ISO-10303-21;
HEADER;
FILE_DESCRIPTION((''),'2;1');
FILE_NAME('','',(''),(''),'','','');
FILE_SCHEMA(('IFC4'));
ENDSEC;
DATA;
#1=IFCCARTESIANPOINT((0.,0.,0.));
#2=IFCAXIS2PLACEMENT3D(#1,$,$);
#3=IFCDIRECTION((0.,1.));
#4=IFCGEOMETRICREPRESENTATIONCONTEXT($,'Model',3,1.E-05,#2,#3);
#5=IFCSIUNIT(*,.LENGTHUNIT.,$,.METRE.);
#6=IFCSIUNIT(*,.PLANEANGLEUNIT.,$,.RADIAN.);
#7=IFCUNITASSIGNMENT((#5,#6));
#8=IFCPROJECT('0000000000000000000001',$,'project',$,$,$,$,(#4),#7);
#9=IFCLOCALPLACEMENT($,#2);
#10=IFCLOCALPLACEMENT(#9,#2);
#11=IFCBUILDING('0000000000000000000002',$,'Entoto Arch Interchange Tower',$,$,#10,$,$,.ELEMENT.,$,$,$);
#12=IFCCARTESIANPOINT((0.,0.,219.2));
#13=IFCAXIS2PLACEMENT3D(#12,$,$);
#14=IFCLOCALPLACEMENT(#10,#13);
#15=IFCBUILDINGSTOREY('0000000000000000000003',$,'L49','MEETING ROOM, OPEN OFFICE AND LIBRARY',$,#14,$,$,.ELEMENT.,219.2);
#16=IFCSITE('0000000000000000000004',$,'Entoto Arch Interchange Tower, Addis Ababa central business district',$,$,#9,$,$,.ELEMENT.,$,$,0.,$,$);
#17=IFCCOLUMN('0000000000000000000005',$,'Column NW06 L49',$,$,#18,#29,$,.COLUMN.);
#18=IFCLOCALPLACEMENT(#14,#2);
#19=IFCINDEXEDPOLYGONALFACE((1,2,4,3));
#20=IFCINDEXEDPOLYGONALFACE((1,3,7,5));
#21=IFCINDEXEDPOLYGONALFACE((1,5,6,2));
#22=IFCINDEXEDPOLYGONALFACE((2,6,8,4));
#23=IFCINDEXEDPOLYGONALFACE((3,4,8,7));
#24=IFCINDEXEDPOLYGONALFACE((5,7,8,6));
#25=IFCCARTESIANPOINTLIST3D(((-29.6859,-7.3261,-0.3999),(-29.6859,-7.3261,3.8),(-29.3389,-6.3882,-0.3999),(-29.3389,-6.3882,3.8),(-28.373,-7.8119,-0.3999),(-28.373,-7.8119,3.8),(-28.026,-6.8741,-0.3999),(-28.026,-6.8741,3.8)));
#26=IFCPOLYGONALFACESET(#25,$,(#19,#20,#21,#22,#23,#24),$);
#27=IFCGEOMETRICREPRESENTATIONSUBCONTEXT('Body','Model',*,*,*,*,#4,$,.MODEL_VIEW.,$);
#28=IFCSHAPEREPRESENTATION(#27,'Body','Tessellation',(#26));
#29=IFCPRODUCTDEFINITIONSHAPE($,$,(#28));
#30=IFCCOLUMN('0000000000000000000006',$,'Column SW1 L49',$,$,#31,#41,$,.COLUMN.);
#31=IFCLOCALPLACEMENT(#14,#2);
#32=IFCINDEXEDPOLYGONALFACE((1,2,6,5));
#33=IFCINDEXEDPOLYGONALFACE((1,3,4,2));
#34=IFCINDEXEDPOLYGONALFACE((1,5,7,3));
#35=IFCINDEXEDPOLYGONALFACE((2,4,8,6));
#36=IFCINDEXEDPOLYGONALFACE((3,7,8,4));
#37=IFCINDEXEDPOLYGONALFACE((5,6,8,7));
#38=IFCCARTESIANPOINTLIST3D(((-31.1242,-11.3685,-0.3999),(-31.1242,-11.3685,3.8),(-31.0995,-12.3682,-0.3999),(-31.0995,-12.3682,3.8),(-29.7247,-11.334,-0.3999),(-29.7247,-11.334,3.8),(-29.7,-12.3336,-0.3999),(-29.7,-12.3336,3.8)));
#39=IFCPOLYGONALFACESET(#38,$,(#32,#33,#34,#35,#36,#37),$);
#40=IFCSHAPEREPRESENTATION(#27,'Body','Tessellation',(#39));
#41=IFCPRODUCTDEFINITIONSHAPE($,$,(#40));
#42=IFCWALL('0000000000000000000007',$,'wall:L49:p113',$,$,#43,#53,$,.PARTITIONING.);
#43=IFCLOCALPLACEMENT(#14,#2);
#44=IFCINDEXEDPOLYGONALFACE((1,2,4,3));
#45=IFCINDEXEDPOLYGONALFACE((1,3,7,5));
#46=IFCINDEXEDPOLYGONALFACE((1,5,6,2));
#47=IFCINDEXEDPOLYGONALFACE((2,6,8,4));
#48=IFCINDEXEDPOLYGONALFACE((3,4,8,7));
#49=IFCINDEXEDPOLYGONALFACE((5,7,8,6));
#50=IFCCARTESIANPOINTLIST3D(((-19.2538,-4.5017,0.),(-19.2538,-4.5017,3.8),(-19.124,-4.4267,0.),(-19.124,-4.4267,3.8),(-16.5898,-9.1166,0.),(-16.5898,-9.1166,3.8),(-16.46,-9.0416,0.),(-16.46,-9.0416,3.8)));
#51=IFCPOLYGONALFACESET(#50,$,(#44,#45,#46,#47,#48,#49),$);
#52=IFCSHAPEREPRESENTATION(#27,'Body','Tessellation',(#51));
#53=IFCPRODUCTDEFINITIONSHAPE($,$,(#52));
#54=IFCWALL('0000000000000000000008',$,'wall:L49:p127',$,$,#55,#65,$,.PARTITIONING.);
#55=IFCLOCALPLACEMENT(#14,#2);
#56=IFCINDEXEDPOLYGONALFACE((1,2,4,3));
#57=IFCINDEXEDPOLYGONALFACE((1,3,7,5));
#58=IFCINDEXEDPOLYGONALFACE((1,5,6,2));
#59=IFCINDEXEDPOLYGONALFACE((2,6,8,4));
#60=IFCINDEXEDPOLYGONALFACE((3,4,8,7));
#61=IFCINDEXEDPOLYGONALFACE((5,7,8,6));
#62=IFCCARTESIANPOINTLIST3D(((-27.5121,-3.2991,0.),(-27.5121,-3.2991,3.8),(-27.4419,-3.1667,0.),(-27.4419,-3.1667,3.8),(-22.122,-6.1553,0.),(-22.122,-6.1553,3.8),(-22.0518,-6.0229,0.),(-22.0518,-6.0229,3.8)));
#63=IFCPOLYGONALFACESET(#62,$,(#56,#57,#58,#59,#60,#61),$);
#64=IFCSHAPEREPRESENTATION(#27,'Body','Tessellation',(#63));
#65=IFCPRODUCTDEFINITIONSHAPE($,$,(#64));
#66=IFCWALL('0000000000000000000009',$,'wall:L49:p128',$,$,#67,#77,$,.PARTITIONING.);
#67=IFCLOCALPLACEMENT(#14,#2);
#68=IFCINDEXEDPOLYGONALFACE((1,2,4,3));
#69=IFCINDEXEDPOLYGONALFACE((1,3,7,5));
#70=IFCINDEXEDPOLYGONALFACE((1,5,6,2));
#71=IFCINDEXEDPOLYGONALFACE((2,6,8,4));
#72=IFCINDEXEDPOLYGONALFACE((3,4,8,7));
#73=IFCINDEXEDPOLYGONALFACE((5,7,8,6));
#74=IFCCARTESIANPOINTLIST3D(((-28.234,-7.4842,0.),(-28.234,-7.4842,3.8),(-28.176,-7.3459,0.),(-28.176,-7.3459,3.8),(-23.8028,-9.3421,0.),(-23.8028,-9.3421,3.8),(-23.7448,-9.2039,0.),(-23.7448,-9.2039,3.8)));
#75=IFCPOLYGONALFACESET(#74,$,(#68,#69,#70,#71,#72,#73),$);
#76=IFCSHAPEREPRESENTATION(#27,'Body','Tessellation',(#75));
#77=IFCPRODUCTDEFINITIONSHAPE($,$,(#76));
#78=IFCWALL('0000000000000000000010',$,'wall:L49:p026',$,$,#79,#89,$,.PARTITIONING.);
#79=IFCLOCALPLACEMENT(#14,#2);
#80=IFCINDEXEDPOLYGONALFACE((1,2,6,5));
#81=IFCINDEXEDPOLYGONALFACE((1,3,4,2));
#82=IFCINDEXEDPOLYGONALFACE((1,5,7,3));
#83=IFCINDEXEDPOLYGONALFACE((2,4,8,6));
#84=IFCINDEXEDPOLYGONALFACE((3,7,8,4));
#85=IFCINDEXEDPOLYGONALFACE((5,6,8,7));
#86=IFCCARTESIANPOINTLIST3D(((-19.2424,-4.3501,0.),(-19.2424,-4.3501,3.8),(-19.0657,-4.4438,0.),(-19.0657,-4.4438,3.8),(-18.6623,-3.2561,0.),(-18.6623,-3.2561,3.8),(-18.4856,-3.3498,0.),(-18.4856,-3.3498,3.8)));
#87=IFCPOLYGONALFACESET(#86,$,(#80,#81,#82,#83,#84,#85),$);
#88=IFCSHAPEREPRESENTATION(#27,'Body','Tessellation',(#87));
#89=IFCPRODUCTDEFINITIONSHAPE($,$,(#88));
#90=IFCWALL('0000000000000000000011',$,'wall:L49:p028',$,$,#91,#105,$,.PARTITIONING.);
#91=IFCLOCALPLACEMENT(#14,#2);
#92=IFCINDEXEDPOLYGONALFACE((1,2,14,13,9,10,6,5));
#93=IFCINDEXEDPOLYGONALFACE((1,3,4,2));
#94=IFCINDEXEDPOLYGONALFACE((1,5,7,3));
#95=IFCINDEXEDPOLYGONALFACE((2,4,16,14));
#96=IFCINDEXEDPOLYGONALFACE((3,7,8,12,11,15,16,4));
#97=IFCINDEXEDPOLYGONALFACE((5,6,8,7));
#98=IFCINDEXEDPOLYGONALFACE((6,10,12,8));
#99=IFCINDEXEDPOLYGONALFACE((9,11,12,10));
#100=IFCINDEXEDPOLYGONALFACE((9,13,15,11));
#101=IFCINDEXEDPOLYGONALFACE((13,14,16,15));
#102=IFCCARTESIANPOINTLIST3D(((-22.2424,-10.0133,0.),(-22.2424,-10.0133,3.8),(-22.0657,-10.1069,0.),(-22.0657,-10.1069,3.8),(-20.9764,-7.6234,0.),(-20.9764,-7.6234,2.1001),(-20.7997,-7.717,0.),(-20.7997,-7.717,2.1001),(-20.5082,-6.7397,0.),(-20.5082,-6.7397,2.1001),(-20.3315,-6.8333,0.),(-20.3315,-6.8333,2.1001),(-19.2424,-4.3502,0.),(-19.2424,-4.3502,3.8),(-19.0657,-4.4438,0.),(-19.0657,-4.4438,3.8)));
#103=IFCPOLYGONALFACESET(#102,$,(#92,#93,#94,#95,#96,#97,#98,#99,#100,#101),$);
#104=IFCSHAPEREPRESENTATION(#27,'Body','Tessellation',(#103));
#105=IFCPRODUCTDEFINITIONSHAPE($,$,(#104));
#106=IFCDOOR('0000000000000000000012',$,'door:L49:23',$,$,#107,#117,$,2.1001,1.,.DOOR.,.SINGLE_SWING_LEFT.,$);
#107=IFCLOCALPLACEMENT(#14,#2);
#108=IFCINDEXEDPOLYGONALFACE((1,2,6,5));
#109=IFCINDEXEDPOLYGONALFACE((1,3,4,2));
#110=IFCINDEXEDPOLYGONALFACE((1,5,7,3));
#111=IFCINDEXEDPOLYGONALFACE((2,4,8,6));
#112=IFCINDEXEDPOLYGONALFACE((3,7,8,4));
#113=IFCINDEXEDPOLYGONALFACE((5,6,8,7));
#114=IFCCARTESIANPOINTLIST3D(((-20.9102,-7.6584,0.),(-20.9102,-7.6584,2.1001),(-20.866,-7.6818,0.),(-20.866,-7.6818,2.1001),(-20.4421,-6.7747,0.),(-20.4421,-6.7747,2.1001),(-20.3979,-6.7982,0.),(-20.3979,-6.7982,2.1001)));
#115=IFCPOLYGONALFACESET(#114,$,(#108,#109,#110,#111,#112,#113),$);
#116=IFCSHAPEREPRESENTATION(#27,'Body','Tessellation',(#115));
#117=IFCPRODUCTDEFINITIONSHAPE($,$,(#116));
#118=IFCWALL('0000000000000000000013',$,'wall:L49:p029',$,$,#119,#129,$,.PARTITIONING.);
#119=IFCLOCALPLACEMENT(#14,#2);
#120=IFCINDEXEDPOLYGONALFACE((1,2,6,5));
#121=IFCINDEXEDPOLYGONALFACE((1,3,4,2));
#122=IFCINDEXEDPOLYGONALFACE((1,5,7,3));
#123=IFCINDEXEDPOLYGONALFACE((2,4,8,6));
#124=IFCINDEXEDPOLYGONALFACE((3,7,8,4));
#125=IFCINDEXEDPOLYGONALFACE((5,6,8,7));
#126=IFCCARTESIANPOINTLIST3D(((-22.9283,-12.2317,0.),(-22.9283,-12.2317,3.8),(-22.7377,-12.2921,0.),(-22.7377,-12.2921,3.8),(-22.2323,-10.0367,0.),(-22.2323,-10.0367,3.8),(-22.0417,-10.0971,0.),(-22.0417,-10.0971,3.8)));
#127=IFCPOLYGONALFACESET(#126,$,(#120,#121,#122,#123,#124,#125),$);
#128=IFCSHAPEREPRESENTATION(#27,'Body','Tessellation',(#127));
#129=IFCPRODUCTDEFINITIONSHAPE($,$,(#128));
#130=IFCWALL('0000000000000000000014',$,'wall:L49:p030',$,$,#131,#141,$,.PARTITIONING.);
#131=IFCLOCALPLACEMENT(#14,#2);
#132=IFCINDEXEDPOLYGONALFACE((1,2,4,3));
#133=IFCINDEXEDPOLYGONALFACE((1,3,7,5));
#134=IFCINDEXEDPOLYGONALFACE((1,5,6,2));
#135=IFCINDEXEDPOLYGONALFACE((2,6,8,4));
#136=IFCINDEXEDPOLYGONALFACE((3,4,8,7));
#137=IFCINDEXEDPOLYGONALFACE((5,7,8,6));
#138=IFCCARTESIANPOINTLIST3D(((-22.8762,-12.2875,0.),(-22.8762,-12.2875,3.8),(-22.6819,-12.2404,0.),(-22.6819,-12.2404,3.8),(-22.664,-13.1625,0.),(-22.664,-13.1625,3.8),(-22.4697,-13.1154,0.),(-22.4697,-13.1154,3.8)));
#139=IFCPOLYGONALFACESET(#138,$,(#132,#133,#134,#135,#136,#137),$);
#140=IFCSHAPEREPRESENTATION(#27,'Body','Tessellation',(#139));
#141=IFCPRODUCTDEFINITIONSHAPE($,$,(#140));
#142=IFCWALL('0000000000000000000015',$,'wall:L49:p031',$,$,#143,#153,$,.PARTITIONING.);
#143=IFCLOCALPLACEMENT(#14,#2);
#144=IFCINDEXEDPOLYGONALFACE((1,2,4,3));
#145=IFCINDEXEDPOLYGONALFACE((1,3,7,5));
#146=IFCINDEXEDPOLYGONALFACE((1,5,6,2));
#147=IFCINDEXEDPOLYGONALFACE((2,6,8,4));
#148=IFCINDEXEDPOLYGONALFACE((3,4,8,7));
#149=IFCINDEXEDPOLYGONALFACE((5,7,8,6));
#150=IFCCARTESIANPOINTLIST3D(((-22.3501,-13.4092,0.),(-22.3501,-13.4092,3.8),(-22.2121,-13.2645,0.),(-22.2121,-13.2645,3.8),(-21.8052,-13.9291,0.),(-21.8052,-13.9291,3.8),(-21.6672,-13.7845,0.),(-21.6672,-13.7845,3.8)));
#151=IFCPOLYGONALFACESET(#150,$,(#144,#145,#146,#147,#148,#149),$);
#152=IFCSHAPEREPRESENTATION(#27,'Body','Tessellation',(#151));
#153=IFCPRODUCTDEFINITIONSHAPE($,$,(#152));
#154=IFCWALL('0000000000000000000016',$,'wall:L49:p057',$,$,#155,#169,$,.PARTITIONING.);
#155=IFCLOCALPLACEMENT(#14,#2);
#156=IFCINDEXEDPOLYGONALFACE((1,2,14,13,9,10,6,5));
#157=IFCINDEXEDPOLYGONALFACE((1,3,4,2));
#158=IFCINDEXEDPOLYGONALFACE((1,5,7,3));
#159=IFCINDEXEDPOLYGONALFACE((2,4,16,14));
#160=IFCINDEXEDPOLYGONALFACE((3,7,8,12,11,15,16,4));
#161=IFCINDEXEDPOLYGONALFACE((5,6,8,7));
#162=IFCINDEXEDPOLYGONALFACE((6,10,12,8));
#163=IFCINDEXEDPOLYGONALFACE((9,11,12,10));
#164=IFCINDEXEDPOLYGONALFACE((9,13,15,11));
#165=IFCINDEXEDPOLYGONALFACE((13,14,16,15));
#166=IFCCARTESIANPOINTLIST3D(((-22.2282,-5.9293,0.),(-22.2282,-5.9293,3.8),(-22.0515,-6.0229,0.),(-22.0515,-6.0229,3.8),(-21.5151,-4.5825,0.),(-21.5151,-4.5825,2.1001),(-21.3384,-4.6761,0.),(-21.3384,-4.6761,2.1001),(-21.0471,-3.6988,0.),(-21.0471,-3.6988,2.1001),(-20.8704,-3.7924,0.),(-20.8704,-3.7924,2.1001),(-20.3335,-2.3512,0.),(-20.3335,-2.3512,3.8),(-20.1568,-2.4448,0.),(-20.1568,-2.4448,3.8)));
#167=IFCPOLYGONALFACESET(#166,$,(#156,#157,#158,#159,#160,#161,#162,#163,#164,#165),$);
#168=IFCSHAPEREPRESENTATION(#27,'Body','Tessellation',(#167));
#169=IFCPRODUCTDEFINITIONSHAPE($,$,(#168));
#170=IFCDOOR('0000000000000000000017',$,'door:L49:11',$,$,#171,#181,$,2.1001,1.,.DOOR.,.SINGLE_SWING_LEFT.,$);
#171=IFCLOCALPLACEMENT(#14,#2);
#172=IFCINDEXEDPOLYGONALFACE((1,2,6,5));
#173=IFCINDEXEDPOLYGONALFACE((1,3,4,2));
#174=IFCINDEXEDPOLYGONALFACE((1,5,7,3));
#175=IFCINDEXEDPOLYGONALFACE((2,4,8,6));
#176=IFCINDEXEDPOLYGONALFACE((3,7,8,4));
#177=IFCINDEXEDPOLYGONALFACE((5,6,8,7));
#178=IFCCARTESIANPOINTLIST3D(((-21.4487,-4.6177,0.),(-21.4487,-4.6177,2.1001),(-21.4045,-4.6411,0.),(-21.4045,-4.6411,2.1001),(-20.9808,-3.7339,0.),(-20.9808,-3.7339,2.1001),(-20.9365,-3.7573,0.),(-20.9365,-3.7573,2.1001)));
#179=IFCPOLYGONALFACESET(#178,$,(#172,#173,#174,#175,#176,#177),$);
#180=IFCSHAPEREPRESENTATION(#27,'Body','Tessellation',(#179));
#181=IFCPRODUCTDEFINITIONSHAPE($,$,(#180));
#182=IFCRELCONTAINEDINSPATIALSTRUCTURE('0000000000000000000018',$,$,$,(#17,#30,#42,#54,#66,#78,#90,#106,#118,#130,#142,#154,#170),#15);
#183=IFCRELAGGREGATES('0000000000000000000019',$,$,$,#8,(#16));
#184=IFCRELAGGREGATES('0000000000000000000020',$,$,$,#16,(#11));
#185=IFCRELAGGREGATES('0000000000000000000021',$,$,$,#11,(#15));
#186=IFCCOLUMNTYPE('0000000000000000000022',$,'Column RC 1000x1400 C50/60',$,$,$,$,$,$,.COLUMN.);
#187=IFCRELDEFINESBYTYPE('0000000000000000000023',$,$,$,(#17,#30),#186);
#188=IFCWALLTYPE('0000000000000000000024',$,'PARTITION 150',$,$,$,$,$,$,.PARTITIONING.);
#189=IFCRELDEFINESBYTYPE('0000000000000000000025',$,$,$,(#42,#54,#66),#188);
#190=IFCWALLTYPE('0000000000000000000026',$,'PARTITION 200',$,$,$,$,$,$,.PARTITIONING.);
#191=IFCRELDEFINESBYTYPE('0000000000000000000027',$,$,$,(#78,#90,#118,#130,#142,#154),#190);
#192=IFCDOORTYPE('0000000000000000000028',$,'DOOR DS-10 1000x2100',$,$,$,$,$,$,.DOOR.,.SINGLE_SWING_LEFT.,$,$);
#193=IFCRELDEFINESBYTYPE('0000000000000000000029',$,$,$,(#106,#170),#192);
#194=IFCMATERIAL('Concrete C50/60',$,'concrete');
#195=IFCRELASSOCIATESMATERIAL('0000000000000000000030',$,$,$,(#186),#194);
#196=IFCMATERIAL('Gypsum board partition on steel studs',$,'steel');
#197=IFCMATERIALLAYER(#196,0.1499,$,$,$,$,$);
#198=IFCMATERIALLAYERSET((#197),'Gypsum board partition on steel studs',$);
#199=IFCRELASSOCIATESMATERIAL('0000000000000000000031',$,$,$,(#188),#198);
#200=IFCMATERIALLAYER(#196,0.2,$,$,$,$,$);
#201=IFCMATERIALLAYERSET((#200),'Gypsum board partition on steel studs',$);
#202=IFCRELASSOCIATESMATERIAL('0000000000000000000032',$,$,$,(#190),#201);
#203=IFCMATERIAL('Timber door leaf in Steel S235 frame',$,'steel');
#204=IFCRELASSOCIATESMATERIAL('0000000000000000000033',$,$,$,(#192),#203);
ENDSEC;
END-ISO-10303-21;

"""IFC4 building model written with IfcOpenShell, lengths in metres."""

from ifc_helpers import new_model, si_unit, direction, frame, frame_2d, origin, origin_2d, place, context, subcontext, project, spatial, rectangle, extrude, material, layer, layer_set, material_profile, profile_set, type_object, element, fill, save


model = new_model("IFC4")

# Units and contexts
model_context = context("Model", 3, precision=1e-05, world=origin(), true_north=direction((0.0, 1.0)))
body_context = subcontext(model_context, "Body", "Model", "MODEL_VIEW")
ifc_project = project(units=[si_unit("LENGTHUNIT", "METRE"), si_unit("PLANEANGLEUNIT", "RADIAN")], contexts=[model_context])

# Site, building, storey
site_placement = place(None, origin())
site = spatial("IfcSite", under=ifc_project, at=site_placement, Name="Entoto Arch Interchange Tower, Addis Ababa central business district", CompositionType="ELEMENT", RefElevation=0.0)
building_placement = place(site_placement, origin())
building = spatial("IfcBuilding", under=site, at=building_placement, Name="Entoto Arch Interchange Tower", CompositionType="ELEMENT")
storey_placement = place(building_placement, frame((0.0, 0.0, 219.2)))
storey = spatial("IfcBuildingStorey", under=building, at=storey_placement, Name="L49", Description="MEETING ROOM, OPEN OFFICE AND LIBRARY", CompositionType="ELEMENT", Elevation=219.2)

# Columns
ifc_material_1 = material(Name="Concrete C50/60", Category="concrete")
ifc_material_profile = material_profile(ifc_material_1, rectangle(XDim=1.0, YDim=1.3999, at=origin_2d()))
ifc_profile_set = profile_set([ifc_material_profile], Name="Concrete C50/60")
column_type = type_object("IfcColumnType", Name="Column RC 1000x1400 C50/60", PredefinedType="COLUMN", material=ifc_profile_set)
for number, where, z_axis, x_axis, name in (
    (1, (-28.856, -7.1001, -0.3999), (0.0, 0.0, 1.0), (0.347067, 0.93784, 0.0), "Column NW06 L49"),
    (2, (-30.4121, -11.8511, -0.3999), (0.0, 0.0, 1.0), (-0.024676, 0.999695, 0.0), "Column SW1 L49"),
):
    element("IfcColumn", number, at=place(storey_placement, frame(where, z_axis=z_axis, x_axis=x_axis)), inside=storey, type_object=column_type, Name=name, PredefinedType="COLUMN", context=body_context, shape_type="SweptSolid", body=[
        extrude(rectangle(XDim=1.0, YDim=1.3999, at=origin_2d()), origin(), (0.0, 0.0, 1.0), 4.2),
    ])

# Walls
ifc_material_2 = material(Name="Gypsum board partition on steel studs", Category="steel")
ifc_layer_1 = layer(ifc_material_2, 0.1499)
ifc_layer_set_1 = layer_set([ifc_layer_1], Name="Gypsum board partition on steel studs")
wall_type_1 = type_object("IfcWallType", Name="PARTITION 150", PredefinedType="PARTITIONING", material=ifc_layer_set_1)
wall_1_placement = place(storey_placement, frame((-16.5249, -9.0791, 0.0), z_axis=(0.0, 0.0, 1.0), x_axis=(-0.499943, 0.866058, 0.0)))
element("IfcWall", 3, at=wall_1_placement, inside=storey, type_object=wall_type_1, Name="wall:L49:p113", PredefinedType="PARTITIONING", context=body_context, shape_type="SweptSolid", body=[
    extrude(rectangle(XDim=5.3286, YDim=0.1499, at=frame_2d((2.6643, 0.0))), origin(), (0.0, 0.0, 1.0), 3.8),
])
wall_2_placement = place(storey_placement, frame((-22.0869, -6.0891, 0.0), z_axis=(0.0, 0.0, 1.0), x_axis=(-0.883612, 0.468221, 0.0)))
element("IfcWall", 4, at=wall_2_placement, inside=storey, type_object=wall_type_1, Name="wall:L49:p127", PredefinedType="PARTITIONING", context=body_context, shape_type="SweptSolid", body=[
    extrude(rectangle(XDim=6.1001, YDim=0.1499, at=frame_2d((3.05, 0.0))), origin(), (0.0, 0.0, 1.0), 3.8),
])
wall_3_placement = place(storey_placement, frame((-23.7739, -9.2729, 0.0), z_axis=(0.0, 0.0, 1.0), x_axis=(-0.922218, 0.386671, 0.0)))
element("IfcWall", 5, at=wall_3_placement, inside=storey, type_object=wall_type_1, Name="wall:L49:p128", PredefinedType="PARTITIONING", context=body_context, shape_type="SweptSolid", body=[
    extrude(rectangle(XDim=4.8049, YDim=0.1499, at=frame_2d((2.4023, 0.0))), origin(), (0.0, 0.0, 1.0), 3.8),
])
ifc_layer_2 = layer(ifc_material_2, 0.2)
ifc_layer_set_2 = layer_set([ifc_layer_2], Name="Gypsum board partition on steel studs")
wall_type_2 = type_object("IfcWallType", Name="PARTITION 200", PredefinedType="PARTITIONING", material=ifc_layer_set_2)
wall_4_placement = place(storey_placement, frame((-18.574, -3.303, 0.0), z_axis=(0.0, 0.0, 1.0), x_axis=(-0.468458, -0.883486, 0.0)))
element("IfcWall", 6, at=wall_4_placement, inside=storey, type_object=wall_type_2, Name="wall:L49:p026", PredefinedType="PARTITIONING", context=body_context, shape_type="SweptSolid", body=[
    extrude(rectangle(XDim=1.2383, YDim=0.2, at=frame_2d((0.6191, 0.0))), origin(), (0.0, 0.0, 1.0), 3.8),
])

# Wall, opening, door
wall_5_placement = place(storey_placement, frame((-19.1541, -4.397, 0.0), z_axis=(0.0, 0.0, 1.0), x_axis=(-0.468119, -0.883666, 0.0)))
wall_5 = element("IfcWall", 7, at=wall_5_placement, inside=storey, type_object=wall_type_2, Name="wall:L49:p028", PredefinedType="PARTITIONING", context=body_context, shape_type="SweptSolid", body=[
    extrude(rectangle(XDim=6.4087, YDim=0.2, at=frame_2d((3.2043, 0.0))), origin(), (0.0, 0.0, 1.0), 3.8),
])
opening_1_placement = place(wall_5_placement, frame((2.7041, 0.0, 0.0)))
opening_1 = element("IfcOpeningElement", 8, at=opening_1_placement, cuts=wall_5, PredefinedType="OPENING", context=body_context, shape_type="SweptSolid", body=[
    extrude(rectangle(XDim=1.0, YDim=2.1001, at=frame_2d((0.5, 1.05))), frame((0.0, 0.1099, 0.0), z_axis=(0.0, -1.0, 0.0), x_axis=(1.0, 0.0, 0.0)), (0.0, 0.0, 1.0), 0.22),
])
ifc_material_3 = material(Name="Timber door leaf in Steel S235 frame", Category="steel")
door_type = type_object("IfcDoorType", Name="DOOR DS-10 1000x2100", OperationType="SINGLE_SWING_LEFT", PredefinedType="DOOR", material=ifc_material_3)
door_1_placement = place(opening_1_placement, origin())
door_1 = element("IfcDoor", 9, at=door_1_placement, inside=storey, type_object=door_type, Name="door:L49:23", OperationType="SINGLE_SWING_LEFT", OverallHeight=2.1001, OverallWidth=1.0, PredefinedType="DOOR", context=body_context, shape_type="SweptSolid", body=[
    extrude(rectangle(XDim=1.0, YDim=2.1001, at=frame_2d((0.5, 1.05))), frame((0.0, 0.0249, 0.0), z_axis=(0.0, -1.0, 0.0), x_axis=(1.0, 0.0, 0.0)), (0.0, 0.0, 1.0), 0.05),
])
fill(opening_1, door_1)

# Walls
wall_6_placement = place(storey_placement, frame((-22.137, -10.0669, 0.0), z_axis=(0.0, 0.0, 1.0), x_axis=(-0.302263, -0.953225, 0.0)))
element("IfcWall", 10, at=wall_6_placement, inside=storey, type_object=wall_type_2, Name="wall:L49:p029", PredefinedType="PARTITIONING", context=body_context, shape_type="SweptSolid", body=[
    extrude(rectangle(XDim=2.3027, YDim=0.2, at=frame_2d((1.1514, 0.0))), origin(), (0.0, 0.0, 1.0), 3.8),
])
wall_7_placement = place(storey_placement, frame((-22.7791, -12.2639, 0.0), z_axis=(0.0, 0.0, 1.0), x_axis=(0.235639, -0.971841, 0.0)))
element("IfcWall", 11, at=wall_7_placement, inside=storey, type_object=wall_type_2, Name="wall:L49:p030", PredefinedType="PARTITIONING", context=body_context, shape_type="SweptSolid", body=[
    extrude(rectangle(XDim=0.9004, YDim=0.2, at=frame_2d((0.4502, 0.0))), origin(), (0.0, 0.0, 1.0), 3.8),
])
wall_8_placement = place(storey_placement, frame((-22.281, -13.3369, 0.0), z_axis=(0.0, 0.0, 1.0), x_axis=(0.723444, -0.690383, 0.0)))
element("IfcWall", 12, at=wall_8_placement, inside=storey, type_object=wall_type_2, Name="wall:L49:p031", PredefinedType="PARTITIONING", context=body_context, shape_type="SweptSolid", body=[
    extrude(rectangle(XDim=0.7532, YDim=0.2, at=frame_2d((0.3765, 0.0))), origin(), (0.0, 0.0, 1.0), 3.8),
])

# Wall, opening, door
wall_9_placement = place(storey_placement, frame((-22.1399, -5.9761, 0.0), z_axis=(0.0, 0.0, 1.0), x_axis=(0.467979, 0.88374, 0.0)))
wall_9 = element("IfcWall", 13, at=wall_9_placement, inside=storey, type_object=wall_type_2, Name="wall:L49:p057", PredefinedType="PARTITIONING", context=body_context, shape_type="SweptSolid", body=[
    extrude(rectangle(XDim=4.0488, YDim=0.2, at=frame_2d((2.0244, 0.0))), origin(), (0.0, 0.0, 1.0), 3.8),
])
opening_2_placement = place(wall_9_placement, frame((1.5239, 0.0, 0.0)))
opening_2 = element("IfcOpeningElement", 14, at=opening_2_placement, cuts=wall_9, PredefinedType="OPENING", context=body_context, shape_type="SweptSolid", body=[
    extrude(rectangle(XDim=1.0, YDim=2.1001, at=frame_2d((0.5, 1.05))), frame((0.0, 0.1099, 0.0), z_axis=(0.0, -1.0, 0.0), x_axis=(1.0, 0.0, 0.0)), (0.0, 0.0, 1.0), 0.22),
])
door_2_placement = place(opening_2_placement, origin())
door_2 = element("IfcDoor", 15, at=door_2_placement, inside=storey, type_object=door_type, Name="door:L49:11", OperationType="SINGLE_SWING_LEFT", OverallHeight=2.1001, OverallWidth=1.0, PredefinedType="DOOR", context=body_context, shape_type="SweptSolid", body=[
    extrude(rectangle(XDim=1.0, YDim=2.1001, at=frame_2d((0.5, 1.05))), frame((0.0, 0.0249, 0.0), z_axis=(0.0, -1.0, 0.0), x_axis=(1.0, 0.0, 0.0)), (0.0, 0.0, 1.0), 0.05),
])
fill(opening_2, door_2)

save(model, "model.ifc")
